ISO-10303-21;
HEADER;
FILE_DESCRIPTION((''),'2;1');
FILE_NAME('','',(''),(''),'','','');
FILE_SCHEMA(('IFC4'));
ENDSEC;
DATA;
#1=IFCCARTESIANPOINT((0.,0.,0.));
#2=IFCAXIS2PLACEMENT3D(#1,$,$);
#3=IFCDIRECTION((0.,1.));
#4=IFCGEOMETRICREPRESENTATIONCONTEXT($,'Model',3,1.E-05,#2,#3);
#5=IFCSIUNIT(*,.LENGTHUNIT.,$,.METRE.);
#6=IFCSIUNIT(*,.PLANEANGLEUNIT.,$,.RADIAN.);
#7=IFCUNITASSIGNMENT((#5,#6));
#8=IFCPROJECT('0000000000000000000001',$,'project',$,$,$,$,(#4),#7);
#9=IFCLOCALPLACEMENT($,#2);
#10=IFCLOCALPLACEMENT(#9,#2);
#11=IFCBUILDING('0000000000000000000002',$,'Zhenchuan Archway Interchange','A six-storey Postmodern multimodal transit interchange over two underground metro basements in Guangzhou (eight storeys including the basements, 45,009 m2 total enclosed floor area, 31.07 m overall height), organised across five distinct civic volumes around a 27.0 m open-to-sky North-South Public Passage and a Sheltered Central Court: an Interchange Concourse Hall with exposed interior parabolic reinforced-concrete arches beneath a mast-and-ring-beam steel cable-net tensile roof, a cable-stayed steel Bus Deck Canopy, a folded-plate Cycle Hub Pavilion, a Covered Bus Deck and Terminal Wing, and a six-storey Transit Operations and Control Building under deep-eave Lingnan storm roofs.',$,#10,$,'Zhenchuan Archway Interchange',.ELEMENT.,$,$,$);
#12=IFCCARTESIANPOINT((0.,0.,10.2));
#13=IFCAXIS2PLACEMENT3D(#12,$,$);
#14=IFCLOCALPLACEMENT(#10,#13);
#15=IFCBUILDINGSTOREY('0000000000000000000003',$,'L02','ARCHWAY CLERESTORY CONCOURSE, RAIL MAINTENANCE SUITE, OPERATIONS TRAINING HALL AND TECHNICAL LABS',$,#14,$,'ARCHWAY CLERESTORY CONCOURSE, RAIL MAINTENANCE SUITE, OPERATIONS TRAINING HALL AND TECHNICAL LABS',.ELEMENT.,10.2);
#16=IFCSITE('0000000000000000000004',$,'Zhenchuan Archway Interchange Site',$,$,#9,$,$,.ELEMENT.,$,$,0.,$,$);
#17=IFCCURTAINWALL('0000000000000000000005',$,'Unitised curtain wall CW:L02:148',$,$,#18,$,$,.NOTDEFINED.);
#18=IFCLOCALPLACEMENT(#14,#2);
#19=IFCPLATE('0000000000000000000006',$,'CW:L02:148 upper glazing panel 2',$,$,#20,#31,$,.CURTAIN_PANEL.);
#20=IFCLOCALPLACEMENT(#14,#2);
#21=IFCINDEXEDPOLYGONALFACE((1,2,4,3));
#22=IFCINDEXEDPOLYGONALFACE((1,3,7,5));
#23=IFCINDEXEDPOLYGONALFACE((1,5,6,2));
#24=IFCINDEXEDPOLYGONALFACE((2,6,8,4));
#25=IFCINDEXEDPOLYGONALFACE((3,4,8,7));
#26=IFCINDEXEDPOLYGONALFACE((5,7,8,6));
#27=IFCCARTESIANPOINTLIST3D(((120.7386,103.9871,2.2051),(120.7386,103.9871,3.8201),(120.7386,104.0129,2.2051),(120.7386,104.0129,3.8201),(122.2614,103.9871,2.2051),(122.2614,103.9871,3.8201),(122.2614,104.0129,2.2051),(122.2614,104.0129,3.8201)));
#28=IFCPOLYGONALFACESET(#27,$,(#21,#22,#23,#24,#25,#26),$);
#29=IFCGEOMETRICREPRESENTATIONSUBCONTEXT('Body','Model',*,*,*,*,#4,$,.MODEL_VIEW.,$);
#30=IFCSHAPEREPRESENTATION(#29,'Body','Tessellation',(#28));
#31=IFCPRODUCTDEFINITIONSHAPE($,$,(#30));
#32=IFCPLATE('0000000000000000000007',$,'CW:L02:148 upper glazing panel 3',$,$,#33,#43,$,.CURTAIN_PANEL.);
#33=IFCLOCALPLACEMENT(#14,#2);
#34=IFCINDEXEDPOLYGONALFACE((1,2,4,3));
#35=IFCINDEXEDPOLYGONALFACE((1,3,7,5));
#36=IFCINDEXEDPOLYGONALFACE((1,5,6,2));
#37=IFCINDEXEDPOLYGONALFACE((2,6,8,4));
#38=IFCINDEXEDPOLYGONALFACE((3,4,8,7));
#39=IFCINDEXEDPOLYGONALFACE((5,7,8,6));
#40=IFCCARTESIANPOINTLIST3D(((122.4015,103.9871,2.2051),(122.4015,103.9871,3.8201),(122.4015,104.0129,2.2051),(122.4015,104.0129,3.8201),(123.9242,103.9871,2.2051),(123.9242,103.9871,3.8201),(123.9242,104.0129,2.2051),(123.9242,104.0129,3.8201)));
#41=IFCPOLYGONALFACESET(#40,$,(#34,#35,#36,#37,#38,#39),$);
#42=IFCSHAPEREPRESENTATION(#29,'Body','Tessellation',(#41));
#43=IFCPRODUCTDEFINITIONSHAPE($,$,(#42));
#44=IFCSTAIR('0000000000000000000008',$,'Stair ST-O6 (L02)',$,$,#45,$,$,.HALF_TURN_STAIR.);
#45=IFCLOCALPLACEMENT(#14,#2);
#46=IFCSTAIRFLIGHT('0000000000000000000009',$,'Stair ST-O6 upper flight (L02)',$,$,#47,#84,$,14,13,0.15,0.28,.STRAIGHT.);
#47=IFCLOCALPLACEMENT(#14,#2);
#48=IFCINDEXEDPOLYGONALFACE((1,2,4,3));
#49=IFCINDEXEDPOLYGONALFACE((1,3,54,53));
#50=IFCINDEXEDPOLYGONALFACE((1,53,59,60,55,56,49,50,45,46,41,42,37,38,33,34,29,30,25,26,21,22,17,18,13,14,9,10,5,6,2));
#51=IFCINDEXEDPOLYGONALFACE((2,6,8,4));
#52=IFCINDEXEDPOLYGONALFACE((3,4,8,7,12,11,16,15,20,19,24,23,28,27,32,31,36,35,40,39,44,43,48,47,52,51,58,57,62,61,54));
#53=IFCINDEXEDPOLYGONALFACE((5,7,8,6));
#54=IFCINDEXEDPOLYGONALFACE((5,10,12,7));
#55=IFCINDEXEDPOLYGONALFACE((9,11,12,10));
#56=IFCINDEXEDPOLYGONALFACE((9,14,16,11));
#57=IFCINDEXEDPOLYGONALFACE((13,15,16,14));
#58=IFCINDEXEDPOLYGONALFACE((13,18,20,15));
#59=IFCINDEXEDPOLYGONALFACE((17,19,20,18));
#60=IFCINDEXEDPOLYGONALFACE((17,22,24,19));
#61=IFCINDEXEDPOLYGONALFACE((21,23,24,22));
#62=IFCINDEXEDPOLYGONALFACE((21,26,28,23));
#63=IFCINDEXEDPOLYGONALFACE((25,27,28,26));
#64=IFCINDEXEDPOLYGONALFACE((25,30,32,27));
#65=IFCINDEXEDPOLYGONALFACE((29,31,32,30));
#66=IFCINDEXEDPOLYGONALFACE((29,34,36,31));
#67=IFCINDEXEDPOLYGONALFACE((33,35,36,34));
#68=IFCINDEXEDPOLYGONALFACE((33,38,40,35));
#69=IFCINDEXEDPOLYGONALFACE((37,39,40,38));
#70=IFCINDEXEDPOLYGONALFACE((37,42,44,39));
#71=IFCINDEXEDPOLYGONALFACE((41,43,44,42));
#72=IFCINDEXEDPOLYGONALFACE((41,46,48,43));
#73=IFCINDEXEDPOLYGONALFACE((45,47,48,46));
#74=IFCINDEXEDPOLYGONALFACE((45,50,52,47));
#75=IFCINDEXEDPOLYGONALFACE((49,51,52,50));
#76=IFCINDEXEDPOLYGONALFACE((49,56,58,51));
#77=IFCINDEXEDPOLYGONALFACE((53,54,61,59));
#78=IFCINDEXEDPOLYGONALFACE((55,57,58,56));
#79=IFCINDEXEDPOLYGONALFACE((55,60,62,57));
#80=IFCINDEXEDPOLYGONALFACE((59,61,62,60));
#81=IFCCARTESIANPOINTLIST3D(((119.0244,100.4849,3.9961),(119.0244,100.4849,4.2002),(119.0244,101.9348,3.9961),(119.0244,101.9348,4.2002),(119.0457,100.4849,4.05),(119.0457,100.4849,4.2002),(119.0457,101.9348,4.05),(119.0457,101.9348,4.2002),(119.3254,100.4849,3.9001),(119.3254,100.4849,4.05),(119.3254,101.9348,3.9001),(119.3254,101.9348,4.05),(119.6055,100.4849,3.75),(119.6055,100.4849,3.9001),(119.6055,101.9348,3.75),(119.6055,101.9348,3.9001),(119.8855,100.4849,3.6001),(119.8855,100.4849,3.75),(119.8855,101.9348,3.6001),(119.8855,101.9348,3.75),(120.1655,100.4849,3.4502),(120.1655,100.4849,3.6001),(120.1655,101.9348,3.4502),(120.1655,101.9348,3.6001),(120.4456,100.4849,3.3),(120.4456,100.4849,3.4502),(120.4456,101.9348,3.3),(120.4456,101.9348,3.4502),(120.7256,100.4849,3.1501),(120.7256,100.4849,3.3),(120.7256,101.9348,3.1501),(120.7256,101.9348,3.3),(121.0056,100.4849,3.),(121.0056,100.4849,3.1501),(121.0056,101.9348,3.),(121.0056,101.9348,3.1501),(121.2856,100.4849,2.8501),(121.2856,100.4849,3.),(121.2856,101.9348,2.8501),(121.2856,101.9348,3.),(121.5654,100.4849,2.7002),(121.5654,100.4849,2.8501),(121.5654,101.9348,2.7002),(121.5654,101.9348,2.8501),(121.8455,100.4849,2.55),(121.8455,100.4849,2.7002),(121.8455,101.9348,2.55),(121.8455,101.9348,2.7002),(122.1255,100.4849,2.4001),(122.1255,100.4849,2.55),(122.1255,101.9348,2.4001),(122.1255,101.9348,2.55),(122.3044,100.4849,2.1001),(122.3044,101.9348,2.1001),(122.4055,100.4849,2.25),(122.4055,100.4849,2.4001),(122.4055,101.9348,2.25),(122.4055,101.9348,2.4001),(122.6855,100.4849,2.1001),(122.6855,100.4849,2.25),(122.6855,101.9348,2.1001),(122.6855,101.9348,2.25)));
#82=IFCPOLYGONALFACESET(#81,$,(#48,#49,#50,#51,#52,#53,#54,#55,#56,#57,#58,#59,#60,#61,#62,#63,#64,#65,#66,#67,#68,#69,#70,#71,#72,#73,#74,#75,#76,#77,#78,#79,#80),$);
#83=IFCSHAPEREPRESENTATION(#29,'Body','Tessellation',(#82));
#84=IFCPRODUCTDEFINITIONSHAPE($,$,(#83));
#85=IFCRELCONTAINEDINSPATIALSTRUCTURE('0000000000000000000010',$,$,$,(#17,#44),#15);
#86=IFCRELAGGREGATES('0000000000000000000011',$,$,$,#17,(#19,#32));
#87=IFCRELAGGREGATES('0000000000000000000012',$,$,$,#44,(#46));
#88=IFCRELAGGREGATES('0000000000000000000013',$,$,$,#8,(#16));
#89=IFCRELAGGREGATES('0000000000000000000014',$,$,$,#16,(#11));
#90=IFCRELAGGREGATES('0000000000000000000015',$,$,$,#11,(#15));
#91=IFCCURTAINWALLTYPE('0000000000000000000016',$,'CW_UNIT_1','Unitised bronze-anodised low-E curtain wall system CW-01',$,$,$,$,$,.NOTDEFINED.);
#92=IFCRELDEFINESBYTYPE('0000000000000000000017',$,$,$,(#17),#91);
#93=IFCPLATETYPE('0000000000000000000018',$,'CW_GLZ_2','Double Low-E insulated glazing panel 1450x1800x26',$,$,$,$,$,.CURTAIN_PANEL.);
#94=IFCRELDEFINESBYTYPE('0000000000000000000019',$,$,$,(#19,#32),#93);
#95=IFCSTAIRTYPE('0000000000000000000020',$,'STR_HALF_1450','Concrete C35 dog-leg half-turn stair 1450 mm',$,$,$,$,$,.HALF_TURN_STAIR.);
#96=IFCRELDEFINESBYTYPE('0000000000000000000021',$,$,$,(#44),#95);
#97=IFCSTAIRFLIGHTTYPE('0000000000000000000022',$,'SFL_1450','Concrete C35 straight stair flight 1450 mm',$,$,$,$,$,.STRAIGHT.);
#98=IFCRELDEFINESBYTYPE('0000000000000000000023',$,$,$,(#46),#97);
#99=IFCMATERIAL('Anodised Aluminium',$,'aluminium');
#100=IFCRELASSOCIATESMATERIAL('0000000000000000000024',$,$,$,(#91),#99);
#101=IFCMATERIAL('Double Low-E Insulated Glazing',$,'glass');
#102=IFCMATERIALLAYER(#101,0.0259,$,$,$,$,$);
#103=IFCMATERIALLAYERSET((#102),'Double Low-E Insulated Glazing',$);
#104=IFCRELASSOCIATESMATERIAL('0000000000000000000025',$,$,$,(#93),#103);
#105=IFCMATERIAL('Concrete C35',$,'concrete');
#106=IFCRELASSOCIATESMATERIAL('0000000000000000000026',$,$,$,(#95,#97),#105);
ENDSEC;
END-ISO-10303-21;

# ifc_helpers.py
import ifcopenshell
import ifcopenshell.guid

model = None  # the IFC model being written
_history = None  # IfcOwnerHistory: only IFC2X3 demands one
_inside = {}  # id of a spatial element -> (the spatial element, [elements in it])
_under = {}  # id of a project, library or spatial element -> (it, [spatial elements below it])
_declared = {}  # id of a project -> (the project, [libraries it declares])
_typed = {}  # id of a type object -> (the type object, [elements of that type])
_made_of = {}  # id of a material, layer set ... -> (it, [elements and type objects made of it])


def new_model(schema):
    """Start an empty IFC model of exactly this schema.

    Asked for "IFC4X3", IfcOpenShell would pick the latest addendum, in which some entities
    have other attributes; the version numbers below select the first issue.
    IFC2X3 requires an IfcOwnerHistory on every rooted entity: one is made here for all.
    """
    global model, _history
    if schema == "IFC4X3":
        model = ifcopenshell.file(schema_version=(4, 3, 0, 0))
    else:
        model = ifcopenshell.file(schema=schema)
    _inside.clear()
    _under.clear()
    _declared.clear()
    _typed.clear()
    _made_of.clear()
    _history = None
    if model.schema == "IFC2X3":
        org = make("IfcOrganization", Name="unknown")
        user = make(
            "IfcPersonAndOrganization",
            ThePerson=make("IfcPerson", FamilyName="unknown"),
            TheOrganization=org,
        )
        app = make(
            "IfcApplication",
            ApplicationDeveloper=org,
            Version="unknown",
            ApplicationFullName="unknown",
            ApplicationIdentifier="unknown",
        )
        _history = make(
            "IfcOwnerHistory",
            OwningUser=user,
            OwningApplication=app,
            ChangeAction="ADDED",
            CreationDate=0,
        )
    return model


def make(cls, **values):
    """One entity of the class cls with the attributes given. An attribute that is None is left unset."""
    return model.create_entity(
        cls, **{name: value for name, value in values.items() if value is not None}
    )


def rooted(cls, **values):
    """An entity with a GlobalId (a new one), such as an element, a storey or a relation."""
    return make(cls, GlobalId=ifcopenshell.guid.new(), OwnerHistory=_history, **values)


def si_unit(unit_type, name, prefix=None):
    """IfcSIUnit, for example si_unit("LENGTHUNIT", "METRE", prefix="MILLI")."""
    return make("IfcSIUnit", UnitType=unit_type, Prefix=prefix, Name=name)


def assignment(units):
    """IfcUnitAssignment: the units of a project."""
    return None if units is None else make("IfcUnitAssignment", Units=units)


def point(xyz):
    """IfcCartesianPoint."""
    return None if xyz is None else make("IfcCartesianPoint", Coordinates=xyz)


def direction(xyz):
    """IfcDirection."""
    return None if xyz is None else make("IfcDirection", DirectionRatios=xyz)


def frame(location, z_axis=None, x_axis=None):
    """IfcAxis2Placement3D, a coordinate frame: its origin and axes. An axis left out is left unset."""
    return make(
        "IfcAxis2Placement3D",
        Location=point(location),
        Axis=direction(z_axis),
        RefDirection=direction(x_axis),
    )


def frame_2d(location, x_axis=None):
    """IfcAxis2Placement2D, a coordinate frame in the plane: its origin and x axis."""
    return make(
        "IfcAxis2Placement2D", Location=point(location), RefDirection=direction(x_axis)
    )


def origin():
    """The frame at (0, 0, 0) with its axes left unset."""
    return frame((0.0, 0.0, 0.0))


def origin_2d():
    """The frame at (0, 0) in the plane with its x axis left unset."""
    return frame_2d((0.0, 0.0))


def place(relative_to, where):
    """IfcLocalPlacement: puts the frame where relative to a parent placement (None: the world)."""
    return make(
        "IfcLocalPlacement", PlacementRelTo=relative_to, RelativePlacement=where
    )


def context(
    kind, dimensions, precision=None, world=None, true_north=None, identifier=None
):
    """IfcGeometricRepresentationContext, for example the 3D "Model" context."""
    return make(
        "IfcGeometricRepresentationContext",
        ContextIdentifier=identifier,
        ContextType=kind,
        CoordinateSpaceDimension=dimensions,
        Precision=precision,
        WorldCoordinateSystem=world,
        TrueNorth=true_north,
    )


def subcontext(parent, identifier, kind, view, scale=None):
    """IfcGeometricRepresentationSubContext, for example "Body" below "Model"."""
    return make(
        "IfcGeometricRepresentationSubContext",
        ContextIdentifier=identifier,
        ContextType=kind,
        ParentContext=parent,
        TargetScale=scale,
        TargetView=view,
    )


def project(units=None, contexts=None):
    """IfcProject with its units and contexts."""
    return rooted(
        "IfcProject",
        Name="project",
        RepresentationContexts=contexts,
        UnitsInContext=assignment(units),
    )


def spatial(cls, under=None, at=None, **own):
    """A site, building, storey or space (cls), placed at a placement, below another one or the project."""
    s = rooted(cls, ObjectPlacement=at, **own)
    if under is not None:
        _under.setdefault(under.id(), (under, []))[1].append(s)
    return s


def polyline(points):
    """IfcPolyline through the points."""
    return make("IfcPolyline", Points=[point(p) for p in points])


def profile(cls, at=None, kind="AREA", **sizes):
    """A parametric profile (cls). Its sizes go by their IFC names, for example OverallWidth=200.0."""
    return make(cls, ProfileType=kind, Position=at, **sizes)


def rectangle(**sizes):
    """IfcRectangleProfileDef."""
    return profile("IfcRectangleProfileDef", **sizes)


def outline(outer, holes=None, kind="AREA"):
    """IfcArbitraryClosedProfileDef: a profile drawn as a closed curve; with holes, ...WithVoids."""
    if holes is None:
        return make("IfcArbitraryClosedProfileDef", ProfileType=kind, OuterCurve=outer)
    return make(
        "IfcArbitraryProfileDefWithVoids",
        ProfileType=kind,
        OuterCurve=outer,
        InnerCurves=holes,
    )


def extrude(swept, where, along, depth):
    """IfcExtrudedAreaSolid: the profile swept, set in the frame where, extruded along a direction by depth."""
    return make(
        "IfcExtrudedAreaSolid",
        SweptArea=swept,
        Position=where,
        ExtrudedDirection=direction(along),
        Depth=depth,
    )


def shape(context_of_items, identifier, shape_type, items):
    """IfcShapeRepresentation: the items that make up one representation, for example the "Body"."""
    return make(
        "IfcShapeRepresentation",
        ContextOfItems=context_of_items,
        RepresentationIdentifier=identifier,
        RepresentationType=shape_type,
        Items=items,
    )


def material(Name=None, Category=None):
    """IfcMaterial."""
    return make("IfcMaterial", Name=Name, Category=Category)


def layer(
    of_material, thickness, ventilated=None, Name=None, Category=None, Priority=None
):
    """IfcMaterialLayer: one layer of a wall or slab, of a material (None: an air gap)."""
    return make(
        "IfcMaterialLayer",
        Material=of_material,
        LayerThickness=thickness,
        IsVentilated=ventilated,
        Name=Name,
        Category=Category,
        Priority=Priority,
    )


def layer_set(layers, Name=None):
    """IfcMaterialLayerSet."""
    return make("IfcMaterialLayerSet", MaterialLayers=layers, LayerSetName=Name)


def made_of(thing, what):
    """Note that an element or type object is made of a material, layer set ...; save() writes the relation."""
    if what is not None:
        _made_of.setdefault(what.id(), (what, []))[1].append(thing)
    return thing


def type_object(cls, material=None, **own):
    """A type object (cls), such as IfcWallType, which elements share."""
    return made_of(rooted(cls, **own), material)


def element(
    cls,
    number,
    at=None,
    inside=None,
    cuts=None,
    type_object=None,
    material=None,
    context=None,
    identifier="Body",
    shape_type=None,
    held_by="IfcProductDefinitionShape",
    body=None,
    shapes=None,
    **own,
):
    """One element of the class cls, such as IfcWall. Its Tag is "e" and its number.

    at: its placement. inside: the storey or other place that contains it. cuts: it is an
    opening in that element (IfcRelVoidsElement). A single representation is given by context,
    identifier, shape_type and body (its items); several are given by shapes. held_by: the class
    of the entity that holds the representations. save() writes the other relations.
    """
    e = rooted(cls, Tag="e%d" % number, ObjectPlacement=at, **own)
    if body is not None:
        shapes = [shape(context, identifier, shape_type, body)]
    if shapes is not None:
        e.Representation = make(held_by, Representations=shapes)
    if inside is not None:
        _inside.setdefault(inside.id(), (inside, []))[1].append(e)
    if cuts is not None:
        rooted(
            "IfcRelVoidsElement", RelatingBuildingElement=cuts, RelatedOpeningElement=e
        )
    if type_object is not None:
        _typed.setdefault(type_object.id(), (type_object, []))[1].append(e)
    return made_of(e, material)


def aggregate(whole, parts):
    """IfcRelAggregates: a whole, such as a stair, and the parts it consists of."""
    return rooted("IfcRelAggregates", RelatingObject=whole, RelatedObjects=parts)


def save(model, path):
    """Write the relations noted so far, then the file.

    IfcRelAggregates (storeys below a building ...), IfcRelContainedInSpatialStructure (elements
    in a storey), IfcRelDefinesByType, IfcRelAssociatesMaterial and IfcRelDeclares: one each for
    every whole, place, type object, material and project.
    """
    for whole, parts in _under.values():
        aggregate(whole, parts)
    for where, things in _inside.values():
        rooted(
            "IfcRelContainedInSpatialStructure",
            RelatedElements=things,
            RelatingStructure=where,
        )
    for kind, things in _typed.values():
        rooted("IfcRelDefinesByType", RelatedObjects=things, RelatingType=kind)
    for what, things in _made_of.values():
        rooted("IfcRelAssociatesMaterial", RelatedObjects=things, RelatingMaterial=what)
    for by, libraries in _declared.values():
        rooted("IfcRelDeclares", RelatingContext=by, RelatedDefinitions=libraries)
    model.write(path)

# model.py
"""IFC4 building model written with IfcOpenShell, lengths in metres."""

from ifc_helpers import new_model, si_unit, direction, frame, origin, origin_2d, place, context, subcontext, project, spatial, polyline, rectangle, outline, extrude, material, layer, layer_set, type_object, element, aggregate, save


model = new_model("IFC4")

# Units and contexts
model_context = context("Model", 3, precision=1e-05, world=origin(), true_north=direction((0.0, 1.0)))
body_context = subcontext(model_context, "Body", "Model", "MODEL_VIEW")
ifc_project = project(units=[si_unit("LENGTHUNIT", "METRE"), si_unit("PLANEANGLEUNIT", "RADIAN")], contexts=[model_context])

# Site, building, storey
site_placement = place(None, origin())
site = spatial("IfcSite", under=ifc_project, at=site_placement, Name="Zhenchuan Archway Interchange Site", CompositionType="ELEMENT", RefElevation=0.0)
building_placement = place(site_placement, origin())
building = spatial("IfcBuilding", under=site, at=building_placement, Name="Zhenchuan Archway Interchange", Description="A six-storey Postmodern multimodal transit interchange over two underground metro basements in Guangzhou (eight storeys including the basements, 45,009 m2 total enclosed floor area, 31.07 m overall height), organised across five distinct civic volumes around a 27.0 m open-to-sky North-South Public Passage and a Sheltered Central Court: an Interchange Concourse Hall with exposed interior parabolic reinforced-concrete arches beneath a mast-and-ring-beam steel cable-net tensile roof, a cable-stayed steel Bus Deck Canopy, a folded-plate Cycle Hub Pavilion, a Covered Bus Deck and Terminal Wing, and a six-storey Transit Operations and Control Building under deep-eave Lingnan storm roofs.", LongName="Zhenchuan Archway Interchange", CompositionType="ELEMENT")
storey_placement = place(building_placement, frame((0.0, 0.0, 10.2)))
storey = spatial("IfcBuildingStorey", under=building, at=storey_placement, Name="L02", Description="ARCHWAY CLERESTORY CONCOURSE, RAIL MAINTENANCE SUITE, OPERATIONS TRAINING HALL AND TECHNICAL LABS", LongName="ARCHWAY CLERESTORY CONCOURSE, RAIL MAINTENANCE SUITE, OPERATIONS TRAINING HALL AND TECHNICAL LABS", CompositionType="ELEMENT", Elevation=10.2)

# Curtain wall, plates
ifc_material_1 = material(Name="Anodised Aluminium", Category="aluminium")
curtain_wall_type = type_object("IfcCurtainWallType", Name="CW_UNIT_1", Description="Unitised bronze-anodised low-E curtain wall system CW-01", PredefinedType="NOTDEFINED", material=ifc_material_1)
curtain_wall_placement = place(storey_placement, origin())
curtain_wall = element("IfcCurtainWall", 1, at=curtain_wall_placement, inside=storey, type_object=curtain_wall_type, Name="Unitised curtain wall CW:L02:148", PredefinedType="NOTDEFINED")
ifc_material_2 = material(Name="Double Low-E Insulated Glazing", Category="glass")
ifc_layer_1 = layer(ifc_material_2, 0.0259)
ifc_layer_set_1 = layer_set([ifc_layer_1], Name="Double Low-E Insulated Glazing")
plate_type_1 = type_object("IfcPlateType", Name="CW_GLZ_2", Description="Double Low-E insulated glazing panel 1450x1800x26", PredefinedType="CURTAIN_PANEL", material=ifc_layer_set_1)
plate_1_placement = place(storey_placement, frame((121.5, 104.0, 2.2051), z_axis=(0.0, 0.0, 1.0), x_axis=(1.0, 0.0, 0.0)))
plate_1 = element("IfcPlate", 2, at=plate_1_placement, type_object=plate_type_1, Name="CW:L02:148 upper glazing panel 2", PredefinedType="CURTAIN_PANEL", context=body_context, shape_type="SweptSolid", body=[
    extrude(rectangle(XDim=1.5227, YDim=0.0259, at=origin_2d()), origin(), (0.0, 0.0, 1.0), 1.615),
])
plate_2_placement = place(storey_placement, frame((123.1628, 104.0, 2.2051), z_axis=(0.0, 0.0, 1.0), x_axis=(1.0, 0.0, 0.0)))
plate_2 = element("IfcPlate", 3, at=plate_2_placement, type_object=plate_type_1, Name="CW:L02:148 upper glazing panel 3", PredefinedType="CURTAIN_PANEL", context=body_context, shape_type="SweptSolid", body=[
    extrude(rectangle(XDim=1.5227, YDim=0.0259, at=origin_2d()), origin(), (0.0, 0.0, 1.0), 1.615),
])
aggregate(curtain_wall, [plate_1, plate_2])

# Stair, stair flight
ifc_material_3 = material(Name="Concrete C35", Category="concrete")
stair_type = type_object("IfcStairType", Name="STR_HALF_1450", Description="Concrete C35 dog-leg half-turn stair 1450 mm", PredefinedType="HALF_TURN_STAIR", material=ifc_material_3)
stair_placement = place(storey_placement, origin())
stair = element("IfcStair", 4, at=stair_placement, inside=storey, type_object=stair_type, Name="Stair ST-O6 (L02)", PredefinedType="HALF_TURN_STAIR")
stair_flight_type = type_object("IfcStairFlightType", Name="SFL_1450", Description="Concrete C35 straight stair flight 1450 mm", PredefinedType="STRAIGHT", material=ifc_material_3)
stair_flight_placement = place(storey_placement, frame((122.6855, 101.21, 2.1001), z_axis=(0.0, 0.0, 1.0), x_axis=(-1.0, 0.0, 0.0)))
stair_flight = element("IfcStairFlight", 5, at=stair_flight_placement, type_object=stair_flight_type, Name="Stair ST-O6 upper flight (L02)", NumberOfRisers=14, NumberOfTreads=13, PredefinedType="STRAIGHT", RiserHeight=0.15, TreadLength=0.28, context=body_context, shape_type="SweptSolid", body=[
    extrude(outline(polyline([(0.0, 0.0), (0.0, 0.1499), (0.28, 0.1499), (0.28, 0.3), (0.5601, 0.3), (0.5601, 0.45), (0.8401, 0.45), (0.8401, 0.6001), (1.1201, 0.6001), (1.1201, 0.75), (1.3999, 0.75), (1.3999, 0.8999), (1.6799, 0.8999), (1.6799, 1.05), (1.96, 1.05), (1.96, 1.2), (2.24, 1.2), (2.24, 1.3501), (2.52, 1.3501), (2.52, 1.5), (2.8, 1.5), (2.8, 1.6499), (3.0801, 1.6499), (3.0801, 1.8), (3.3601, 1.8), (3.3601, 1.95), (3.6399, 1.95), (3.6399, 2.1001), (3.6611, 2.1001), (3.6611, 1.896), (0.3811, 0.0), (0.0, 0.0)])), frame((0.0, 0.7251, 0.0), z_axis=(0.0, -1.0, 0.0), x_axis=(1.0, 0.0, 0.0)), (0.0, 0.0, 1.0), 1.45),
])
aggregate(stair, [stair_flight])

save(model, "model.ifc")
